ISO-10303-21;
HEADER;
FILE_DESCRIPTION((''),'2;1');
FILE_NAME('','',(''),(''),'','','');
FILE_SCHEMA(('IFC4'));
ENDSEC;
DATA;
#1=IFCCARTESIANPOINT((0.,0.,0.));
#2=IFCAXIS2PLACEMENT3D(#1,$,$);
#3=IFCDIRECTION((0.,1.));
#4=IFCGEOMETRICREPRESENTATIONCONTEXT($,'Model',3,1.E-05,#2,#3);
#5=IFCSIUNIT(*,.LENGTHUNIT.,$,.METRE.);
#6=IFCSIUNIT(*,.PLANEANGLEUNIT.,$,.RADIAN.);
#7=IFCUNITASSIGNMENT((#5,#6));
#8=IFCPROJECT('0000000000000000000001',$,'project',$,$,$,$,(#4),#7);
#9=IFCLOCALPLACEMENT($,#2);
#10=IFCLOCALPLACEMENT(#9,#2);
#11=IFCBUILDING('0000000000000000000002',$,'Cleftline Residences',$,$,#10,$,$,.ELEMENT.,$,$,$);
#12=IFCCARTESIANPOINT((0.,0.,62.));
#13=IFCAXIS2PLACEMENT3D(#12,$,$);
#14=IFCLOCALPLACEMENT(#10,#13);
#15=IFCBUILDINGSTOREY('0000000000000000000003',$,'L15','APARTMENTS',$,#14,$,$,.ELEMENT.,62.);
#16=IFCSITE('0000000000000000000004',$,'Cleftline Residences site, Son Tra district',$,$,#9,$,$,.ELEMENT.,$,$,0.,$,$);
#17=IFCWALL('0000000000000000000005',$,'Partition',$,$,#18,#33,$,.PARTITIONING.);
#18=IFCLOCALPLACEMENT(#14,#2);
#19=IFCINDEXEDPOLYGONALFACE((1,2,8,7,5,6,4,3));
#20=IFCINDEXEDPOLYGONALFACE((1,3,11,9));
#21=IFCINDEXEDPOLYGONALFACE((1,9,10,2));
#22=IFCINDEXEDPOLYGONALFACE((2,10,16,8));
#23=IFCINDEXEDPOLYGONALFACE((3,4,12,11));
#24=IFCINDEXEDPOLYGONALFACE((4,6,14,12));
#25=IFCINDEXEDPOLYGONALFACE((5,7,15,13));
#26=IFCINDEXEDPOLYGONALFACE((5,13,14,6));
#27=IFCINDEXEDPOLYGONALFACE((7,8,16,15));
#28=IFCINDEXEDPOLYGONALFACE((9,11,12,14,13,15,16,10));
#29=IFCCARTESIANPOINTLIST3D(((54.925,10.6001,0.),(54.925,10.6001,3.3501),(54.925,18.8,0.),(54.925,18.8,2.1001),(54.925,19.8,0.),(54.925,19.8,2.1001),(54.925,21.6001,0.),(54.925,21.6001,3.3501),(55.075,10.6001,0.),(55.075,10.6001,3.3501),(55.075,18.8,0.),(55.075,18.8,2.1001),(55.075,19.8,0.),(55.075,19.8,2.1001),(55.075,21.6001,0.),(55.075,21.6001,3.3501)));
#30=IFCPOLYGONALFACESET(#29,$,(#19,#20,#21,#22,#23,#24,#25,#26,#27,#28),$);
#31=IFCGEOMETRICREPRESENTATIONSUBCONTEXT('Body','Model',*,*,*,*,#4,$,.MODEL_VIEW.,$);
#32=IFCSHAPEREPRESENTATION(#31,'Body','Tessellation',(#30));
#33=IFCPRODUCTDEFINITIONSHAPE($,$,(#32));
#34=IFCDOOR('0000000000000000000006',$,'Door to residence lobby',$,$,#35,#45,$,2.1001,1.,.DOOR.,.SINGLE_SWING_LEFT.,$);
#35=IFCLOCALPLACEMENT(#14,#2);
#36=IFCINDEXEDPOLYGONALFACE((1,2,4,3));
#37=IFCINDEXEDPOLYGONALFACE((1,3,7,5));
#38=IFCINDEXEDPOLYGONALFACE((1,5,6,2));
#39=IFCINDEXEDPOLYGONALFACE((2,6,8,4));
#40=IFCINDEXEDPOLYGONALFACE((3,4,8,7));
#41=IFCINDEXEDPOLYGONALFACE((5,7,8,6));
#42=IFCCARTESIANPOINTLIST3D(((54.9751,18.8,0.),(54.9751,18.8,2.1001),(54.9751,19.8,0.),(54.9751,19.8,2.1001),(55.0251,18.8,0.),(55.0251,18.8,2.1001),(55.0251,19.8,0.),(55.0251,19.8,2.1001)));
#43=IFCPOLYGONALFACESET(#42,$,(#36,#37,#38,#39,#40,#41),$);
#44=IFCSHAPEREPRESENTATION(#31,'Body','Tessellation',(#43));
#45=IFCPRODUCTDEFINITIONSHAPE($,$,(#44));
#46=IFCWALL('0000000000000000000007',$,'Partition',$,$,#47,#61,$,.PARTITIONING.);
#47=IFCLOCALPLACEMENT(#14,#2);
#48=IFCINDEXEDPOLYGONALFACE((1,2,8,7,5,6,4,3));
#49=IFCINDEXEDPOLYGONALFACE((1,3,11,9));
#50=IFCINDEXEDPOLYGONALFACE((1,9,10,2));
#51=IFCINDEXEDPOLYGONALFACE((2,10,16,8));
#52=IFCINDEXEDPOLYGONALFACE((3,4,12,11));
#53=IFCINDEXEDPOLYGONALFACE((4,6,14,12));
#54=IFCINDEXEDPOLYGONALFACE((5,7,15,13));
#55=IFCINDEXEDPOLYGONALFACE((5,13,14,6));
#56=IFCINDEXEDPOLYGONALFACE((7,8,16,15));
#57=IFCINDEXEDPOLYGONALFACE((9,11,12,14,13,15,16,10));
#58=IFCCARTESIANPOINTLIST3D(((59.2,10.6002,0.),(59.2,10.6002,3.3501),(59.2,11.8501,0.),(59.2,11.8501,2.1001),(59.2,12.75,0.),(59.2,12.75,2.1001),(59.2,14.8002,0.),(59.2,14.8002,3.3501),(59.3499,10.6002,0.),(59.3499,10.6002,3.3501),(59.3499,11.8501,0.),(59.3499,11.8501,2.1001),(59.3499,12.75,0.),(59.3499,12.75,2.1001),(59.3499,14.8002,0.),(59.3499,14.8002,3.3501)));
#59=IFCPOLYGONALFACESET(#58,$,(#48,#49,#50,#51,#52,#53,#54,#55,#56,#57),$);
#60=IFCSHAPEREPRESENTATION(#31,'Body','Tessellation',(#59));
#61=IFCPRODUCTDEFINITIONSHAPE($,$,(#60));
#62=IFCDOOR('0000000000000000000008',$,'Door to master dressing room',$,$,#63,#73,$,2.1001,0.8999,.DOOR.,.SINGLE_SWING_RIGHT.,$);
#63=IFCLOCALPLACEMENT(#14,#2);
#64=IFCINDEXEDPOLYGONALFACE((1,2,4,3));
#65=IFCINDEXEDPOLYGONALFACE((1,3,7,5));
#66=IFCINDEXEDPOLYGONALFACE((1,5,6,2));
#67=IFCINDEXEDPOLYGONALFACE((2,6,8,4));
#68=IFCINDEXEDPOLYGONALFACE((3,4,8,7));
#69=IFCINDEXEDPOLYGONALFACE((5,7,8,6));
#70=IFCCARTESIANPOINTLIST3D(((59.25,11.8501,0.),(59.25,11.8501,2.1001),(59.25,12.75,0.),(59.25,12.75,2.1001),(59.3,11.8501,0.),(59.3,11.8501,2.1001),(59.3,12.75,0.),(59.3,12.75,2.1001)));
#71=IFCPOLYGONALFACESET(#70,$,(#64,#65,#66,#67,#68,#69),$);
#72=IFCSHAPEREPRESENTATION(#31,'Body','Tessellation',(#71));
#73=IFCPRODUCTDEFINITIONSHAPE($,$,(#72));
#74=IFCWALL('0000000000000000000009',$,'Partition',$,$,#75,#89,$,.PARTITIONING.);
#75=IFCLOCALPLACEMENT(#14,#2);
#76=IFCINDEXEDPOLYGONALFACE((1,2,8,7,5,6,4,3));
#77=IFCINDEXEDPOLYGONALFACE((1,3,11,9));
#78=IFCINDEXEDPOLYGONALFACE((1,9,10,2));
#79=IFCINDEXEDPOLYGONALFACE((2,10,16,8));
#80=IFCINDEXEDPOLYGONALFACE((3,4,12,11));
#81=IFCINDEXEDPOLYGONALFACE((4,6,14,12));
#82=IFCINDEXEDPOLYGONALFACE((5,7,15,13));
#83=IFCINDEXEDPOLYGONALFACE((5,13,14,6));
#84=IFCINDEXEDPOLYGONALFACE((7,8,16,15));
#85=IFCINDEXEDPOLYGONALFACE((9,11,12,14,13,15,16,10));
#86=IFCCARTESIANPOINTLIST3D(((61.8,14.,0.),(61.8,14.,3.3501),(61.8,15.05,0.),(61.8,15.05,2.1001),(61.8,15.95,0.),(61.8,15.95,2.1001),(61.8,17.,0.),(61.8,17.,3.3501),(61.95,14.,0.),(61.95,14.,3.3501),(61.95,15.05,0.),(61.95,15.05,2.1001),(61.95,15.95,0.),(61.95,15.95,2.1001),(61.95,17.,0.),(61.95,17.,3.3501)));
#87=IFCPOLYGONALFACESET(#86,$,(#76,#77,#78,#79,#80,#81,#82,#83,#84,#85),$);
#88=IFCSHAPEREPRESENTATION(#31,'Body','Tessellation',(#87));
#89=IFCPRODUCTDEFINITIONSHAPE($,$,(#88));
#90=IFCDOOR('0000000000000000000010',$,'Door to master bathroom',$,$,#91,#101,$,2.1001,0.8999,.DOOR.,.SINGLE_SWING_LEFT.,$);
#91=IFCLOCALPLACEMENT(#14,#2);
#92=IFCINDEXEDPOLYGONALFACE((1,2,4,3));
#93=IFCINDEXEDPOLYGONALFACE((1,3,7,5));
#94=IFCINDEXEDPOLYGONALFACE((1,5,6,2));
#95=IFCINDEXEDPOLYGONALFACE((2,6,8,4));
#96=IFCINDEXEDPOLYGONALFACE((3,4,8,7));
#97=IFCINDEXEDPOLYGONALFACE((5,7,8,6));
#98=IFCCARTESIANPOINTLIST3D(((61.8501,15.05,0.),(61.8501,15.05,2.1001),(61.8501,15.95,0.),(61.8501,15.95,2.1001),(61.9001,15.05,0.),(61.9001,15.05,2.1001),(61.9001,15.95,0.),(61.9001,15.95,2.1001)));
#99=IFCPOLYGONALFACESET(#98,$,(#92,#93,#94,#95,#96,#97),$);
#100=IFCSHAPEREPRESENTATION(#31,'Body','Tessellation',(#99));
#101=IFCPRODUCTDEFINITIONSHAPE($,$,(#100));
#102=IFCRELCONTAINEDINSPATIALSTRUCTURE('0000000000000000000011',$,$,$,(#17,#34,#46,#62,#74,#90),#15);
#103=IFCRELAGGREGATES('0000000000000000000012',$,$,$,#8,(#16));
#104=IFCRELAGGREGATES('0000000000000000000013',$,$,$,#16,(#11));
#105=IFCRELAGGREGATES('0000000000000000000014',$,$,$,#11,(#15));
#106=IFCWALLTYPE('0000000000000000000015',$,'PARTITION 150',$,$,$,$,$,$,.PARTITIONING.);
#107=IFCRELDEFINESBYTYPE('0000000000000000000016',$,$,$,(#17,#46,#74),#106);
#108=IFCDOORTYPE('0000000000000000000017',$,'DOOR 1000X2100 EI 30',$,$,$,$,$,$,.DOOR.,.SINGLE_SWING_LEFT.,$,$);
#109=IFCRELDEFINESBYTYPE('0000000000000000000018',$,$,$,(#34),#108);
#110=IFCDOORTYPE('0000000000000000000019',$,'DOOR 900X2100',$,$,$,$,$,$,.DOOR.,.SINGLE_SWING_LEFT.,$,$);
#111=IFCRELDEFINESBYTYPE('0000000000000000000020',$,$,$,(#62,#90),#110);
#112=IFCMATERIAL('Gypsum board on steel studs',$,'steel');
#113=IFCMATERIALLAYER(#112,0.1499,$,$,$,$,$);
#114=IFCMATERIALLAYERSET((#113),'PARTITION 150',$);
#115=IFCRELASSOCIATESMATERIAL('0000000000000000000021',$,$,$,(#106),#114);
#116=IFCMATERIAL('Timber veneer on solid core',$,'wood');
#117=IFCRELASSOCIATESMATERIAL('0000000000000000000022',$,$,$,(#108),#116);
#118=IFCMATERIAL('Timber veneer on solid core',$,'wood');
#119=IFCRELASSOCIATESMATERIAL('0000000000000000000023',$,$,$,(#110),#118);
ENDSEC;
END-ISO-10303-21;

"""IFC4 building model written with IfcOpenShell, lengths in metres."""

from ifc_helpers import new_model, si_unit, direction, frame, frame_2d, origin, place, context, subcontext, project, spatial, rectangle, extrude, material, layer, layer_set, type_object, element, fill, save


model = new_model("IFC4")

# Units and contexts
model_context = context("Model", 3, precision=1e-05, world=origin(), true_north=direction((0.0, 1.0)))
body_context = subcontext(model_context, "Body", "Model", "MODEL_VIEW")
ifc_project = project(units=[si_unit("LENGTHUNIT", "METRE"), si_unit("PLANEANGLEUNIT", "RADIAN")], contexts=[model_context])

# Site, building, storey
site_placement = place(None, origin())
site = spatial("IfcSite", under=ifc_project, at=site_placement, Name="Cleftline Residences site, Son Tra district", CompositionType="ELEMENT", RefElevation=0.0)
building_placement = place(site_placement, origin())
building = spatial("IfcBuilding", under=site, at=building_placement, Name="Cleftline Residences", CompositionType="ELEMENT")
storey_placement = place(building_placement, frame((0.0, 0.0, 62.0)))
storey = spatial("IfcBuildingStorey", under=building, at=storey_placement, Name="L15", Description="APARTMENTS", CompositionType="ELEMENT", Elevation=62.0)

# Shared definitions
ifc_material_1 = material(Name="Gypsum board on steel studs", Category="steel")
ifc_layer = layer(ifc_material_1, 0.1499)
ifc_layer_set = layer_set([ifc_layer], Name="PARTITION 150")
wall_type = type_object("IfcWallType", Name="PARTITION 150", PredefinedType="PARTITIONING", material=ifc_layer_set)

# Walls, openings, doors
wall_1_placement = place(storey_placement, frame((55.0, 10.6001, 0.0), z_axis=(0.0, 0.0, 1.0), x_axis=(0.0, 1.0, 0.0)))
wall_1 = element("IfcWall", 1, at=wall_1_placement, inside=storey, type_object=wall_type, Name="Partition", PredefinedType="PARTITIONING", context=body_context, shape_type="SweptSolid", body=[
    extrude(rectangle(XDim=11.0, YDim=0.1499, at=frame_2d((5.5, 0.0))), origin(), (0.0, 0.0, 1.0), 3.3501),
])
opening_1_placement = place(wall_1_placement, frame((8.2, 0.0, 0.0)))
opening_1 = element("IfcOpeningElement", 2, at=opening_1_placement, cuts=wall_1, PredefinedType="OPENING", context=body_context, shape_type="SweptSolid", body=[
    extrude(rectangle(XDim=1.0, YDim=2.1001, at=frame_2d((0.5, 1.05))), frame((0.0, 0.085, 0.0), z_axis=(0.0, -1.0, 0.0), x_axis=(1.0, 0.0, 0.0)), (0.0, 0.0, 1.0), 0.1699),
])
ifc_material_2 = material(Name="Timber veneer on solid core", Category="wood")
door_type_1 = type_object("IfcDoorType", Name="DOOR 1000X2100 EI 30", OperationType="SINGLE_SWING_LEFT", PredefinedType="DOOR", material=ifc_material_2)
door_1_placement = place(opening_1_placement, origin())
door_1 = element("IfcDoor", 3, at=door_1_placement, inside=storey, type_object=door_type_1, Name="Door to residence lobby", OperationType="SINGLE_SWING_LEFT", OverallHeight=2.1001, OverallWidth=1.0, PredefinedType="DOOR", context=body_context, shape_type="SweptSolid", body=[
    extrude(rectangle(XDim=1.0, YDim=2.1001, at=frame_2d((0.5, 1.05))), frame((0.0, 0.0249, 0.0), z_axis=(0.0, -1.0, 0.0), x_axis=(1.0, 0.0, 0.0)), (0.0, 0.0, 1.0), 0.05),
])
fill(opening_1, door_1)
wall_2_placement = place(storey_placement, frame((59.2749, 10.6001, 0.0), z_axis=(0.0, 0.0, 1.0), x_axis=(0.0, 1.0, 0.0)))
wall_2 = element("IfcWall", 4, at=wall_2_placement, inside=storey, type_object=wall_type, Name="Partition", PredefinedType="PARTITIONING", context=body_context, shape_type="SweptSolid", body=[
    extrude(rectangle(XDim=4.2, YDim=0.1499, at=frame_2d((2.1001, 0.0))), origin(), (0.0, 0.0, 1.0), 3.3501),
])
opening_2_placement = place(wall_2_placement, frame((1.25, 0.0, 0.0)))
opening_2 = element("IfcOpeningElement", 5, at=opening_2_placement, cuts=wall_2, PredefinedType="OPENING", context=body_context, shape_type="SweptSolid", body=[
    extrude(rectangle(XDim=0.8999, YDim=2.1001, at=frame_2d((0.45, 1.05))), frame((0.0, 0.085, 0.0), z_axis=(0.0, -1.0, 0.0), x_axis=(1.0, 0.0, 0.0)), (0.0, 0.0, 1.0), 0.1699),
])
ifc_material_3 = material(Name="Timber veneer on solid core", Category="wood")
door_type_2 = type_object("IfcDoorType", Name="DOOR 900X2100", OperationType="SINGLE_SWING_LEFT", PredefinedType="DOOR", material=ifc_material_3)
door_2_placement = place(opening_2_placement, origin())
door_2 = element("IfcDoor", 6, at=door_2_placement, inside=storey, type_object=door_type_2, Name="Door to master dressing room", OperationType="SINGLE_SWING_RIGHT", OverallHeight=2.1001, OverallWidth=0.8999, PredefinedType="DOOR", context=body_context, shape_type="SweptSolid", body=[
    extrude(rectangle(XDim=0.8999, YDim=2.1001, at=frame_2d((0.45, 1.05))), frame((0.0, 0.0249, 0.0), z_axis=(0.0, -1.0, 0.0), x_axis=(1.0, 0.0, 0.0)), (0.0, 0.0, 1.0), 0.05),
])
fill(opening_2, door_2)
wall_3_placement = place(storey_placement, frame((61.875, 14.0, 0.0), z_axis=(0.0, 0.0, 1.0), x_axis=(0.0, 1.0, 0.0)))
wall_3 = element("IfcWall", 7, at=wall_3_placement, inside=storey, type_object=wall_type, Name="Partition", PredefinedType="PARTITIONING", context=body_context, shape_type="SweptSolid", body=[
    extrude(rectangle(XDim=3.0, YDim=0.1499, at=frame_2d((1.5, 0.0))), origin(), (0.0, 0.0, 1.0), 3.3501),
])
opening_3_placement = place(wall_3_placement, frame((1.05, 0.0, 0.0)))
opening_3 = element("IfcOpeningElement", 8, at=opening_3_placement, cuts=wall_3, PredefinedType="OPENING", context=body_context, shape_type="SweptSolid", body=[
    extrude(rectangle(XDim=0.8999, YDim=2.1001, at=frame_2d((0.45, 1.05))), frame((0.0, 0.085, 0.0), z_axis=(0.0, -1.0, 0.0), x_axis=(1.0, 0.0, 0.0)), (0.0, 0.0, 1.0), 0.1699),
])
door_3_placement = place(opening_3_placement, origin())
door_3 = element("IfcDoor", 9, at=door_3_placement, inside=storey, type_object=door_type_2, Name="Door to master bathroom", OperationType="SINGLE_SWING_LEFT", OverallHeight=2.1001, OverallWidth=0.8999, PredefinedType="DOOR", context=body_context, shape_type="SweptSolid", body=[
    extrude(rectangle(XDim=0.8999, YDim=2.1001, at=frame_2d((0.45, 1.05))), frame((0.0, 0.0249, 0.0), z_axis=(0.0, -1.0, 0.0), x_axis=(1.0, 0.0, 0.0)), (0.0, 0.0, 1.0), 0.05),
])
fill(opening_3, door_3)

save(model, "model.ifc")
